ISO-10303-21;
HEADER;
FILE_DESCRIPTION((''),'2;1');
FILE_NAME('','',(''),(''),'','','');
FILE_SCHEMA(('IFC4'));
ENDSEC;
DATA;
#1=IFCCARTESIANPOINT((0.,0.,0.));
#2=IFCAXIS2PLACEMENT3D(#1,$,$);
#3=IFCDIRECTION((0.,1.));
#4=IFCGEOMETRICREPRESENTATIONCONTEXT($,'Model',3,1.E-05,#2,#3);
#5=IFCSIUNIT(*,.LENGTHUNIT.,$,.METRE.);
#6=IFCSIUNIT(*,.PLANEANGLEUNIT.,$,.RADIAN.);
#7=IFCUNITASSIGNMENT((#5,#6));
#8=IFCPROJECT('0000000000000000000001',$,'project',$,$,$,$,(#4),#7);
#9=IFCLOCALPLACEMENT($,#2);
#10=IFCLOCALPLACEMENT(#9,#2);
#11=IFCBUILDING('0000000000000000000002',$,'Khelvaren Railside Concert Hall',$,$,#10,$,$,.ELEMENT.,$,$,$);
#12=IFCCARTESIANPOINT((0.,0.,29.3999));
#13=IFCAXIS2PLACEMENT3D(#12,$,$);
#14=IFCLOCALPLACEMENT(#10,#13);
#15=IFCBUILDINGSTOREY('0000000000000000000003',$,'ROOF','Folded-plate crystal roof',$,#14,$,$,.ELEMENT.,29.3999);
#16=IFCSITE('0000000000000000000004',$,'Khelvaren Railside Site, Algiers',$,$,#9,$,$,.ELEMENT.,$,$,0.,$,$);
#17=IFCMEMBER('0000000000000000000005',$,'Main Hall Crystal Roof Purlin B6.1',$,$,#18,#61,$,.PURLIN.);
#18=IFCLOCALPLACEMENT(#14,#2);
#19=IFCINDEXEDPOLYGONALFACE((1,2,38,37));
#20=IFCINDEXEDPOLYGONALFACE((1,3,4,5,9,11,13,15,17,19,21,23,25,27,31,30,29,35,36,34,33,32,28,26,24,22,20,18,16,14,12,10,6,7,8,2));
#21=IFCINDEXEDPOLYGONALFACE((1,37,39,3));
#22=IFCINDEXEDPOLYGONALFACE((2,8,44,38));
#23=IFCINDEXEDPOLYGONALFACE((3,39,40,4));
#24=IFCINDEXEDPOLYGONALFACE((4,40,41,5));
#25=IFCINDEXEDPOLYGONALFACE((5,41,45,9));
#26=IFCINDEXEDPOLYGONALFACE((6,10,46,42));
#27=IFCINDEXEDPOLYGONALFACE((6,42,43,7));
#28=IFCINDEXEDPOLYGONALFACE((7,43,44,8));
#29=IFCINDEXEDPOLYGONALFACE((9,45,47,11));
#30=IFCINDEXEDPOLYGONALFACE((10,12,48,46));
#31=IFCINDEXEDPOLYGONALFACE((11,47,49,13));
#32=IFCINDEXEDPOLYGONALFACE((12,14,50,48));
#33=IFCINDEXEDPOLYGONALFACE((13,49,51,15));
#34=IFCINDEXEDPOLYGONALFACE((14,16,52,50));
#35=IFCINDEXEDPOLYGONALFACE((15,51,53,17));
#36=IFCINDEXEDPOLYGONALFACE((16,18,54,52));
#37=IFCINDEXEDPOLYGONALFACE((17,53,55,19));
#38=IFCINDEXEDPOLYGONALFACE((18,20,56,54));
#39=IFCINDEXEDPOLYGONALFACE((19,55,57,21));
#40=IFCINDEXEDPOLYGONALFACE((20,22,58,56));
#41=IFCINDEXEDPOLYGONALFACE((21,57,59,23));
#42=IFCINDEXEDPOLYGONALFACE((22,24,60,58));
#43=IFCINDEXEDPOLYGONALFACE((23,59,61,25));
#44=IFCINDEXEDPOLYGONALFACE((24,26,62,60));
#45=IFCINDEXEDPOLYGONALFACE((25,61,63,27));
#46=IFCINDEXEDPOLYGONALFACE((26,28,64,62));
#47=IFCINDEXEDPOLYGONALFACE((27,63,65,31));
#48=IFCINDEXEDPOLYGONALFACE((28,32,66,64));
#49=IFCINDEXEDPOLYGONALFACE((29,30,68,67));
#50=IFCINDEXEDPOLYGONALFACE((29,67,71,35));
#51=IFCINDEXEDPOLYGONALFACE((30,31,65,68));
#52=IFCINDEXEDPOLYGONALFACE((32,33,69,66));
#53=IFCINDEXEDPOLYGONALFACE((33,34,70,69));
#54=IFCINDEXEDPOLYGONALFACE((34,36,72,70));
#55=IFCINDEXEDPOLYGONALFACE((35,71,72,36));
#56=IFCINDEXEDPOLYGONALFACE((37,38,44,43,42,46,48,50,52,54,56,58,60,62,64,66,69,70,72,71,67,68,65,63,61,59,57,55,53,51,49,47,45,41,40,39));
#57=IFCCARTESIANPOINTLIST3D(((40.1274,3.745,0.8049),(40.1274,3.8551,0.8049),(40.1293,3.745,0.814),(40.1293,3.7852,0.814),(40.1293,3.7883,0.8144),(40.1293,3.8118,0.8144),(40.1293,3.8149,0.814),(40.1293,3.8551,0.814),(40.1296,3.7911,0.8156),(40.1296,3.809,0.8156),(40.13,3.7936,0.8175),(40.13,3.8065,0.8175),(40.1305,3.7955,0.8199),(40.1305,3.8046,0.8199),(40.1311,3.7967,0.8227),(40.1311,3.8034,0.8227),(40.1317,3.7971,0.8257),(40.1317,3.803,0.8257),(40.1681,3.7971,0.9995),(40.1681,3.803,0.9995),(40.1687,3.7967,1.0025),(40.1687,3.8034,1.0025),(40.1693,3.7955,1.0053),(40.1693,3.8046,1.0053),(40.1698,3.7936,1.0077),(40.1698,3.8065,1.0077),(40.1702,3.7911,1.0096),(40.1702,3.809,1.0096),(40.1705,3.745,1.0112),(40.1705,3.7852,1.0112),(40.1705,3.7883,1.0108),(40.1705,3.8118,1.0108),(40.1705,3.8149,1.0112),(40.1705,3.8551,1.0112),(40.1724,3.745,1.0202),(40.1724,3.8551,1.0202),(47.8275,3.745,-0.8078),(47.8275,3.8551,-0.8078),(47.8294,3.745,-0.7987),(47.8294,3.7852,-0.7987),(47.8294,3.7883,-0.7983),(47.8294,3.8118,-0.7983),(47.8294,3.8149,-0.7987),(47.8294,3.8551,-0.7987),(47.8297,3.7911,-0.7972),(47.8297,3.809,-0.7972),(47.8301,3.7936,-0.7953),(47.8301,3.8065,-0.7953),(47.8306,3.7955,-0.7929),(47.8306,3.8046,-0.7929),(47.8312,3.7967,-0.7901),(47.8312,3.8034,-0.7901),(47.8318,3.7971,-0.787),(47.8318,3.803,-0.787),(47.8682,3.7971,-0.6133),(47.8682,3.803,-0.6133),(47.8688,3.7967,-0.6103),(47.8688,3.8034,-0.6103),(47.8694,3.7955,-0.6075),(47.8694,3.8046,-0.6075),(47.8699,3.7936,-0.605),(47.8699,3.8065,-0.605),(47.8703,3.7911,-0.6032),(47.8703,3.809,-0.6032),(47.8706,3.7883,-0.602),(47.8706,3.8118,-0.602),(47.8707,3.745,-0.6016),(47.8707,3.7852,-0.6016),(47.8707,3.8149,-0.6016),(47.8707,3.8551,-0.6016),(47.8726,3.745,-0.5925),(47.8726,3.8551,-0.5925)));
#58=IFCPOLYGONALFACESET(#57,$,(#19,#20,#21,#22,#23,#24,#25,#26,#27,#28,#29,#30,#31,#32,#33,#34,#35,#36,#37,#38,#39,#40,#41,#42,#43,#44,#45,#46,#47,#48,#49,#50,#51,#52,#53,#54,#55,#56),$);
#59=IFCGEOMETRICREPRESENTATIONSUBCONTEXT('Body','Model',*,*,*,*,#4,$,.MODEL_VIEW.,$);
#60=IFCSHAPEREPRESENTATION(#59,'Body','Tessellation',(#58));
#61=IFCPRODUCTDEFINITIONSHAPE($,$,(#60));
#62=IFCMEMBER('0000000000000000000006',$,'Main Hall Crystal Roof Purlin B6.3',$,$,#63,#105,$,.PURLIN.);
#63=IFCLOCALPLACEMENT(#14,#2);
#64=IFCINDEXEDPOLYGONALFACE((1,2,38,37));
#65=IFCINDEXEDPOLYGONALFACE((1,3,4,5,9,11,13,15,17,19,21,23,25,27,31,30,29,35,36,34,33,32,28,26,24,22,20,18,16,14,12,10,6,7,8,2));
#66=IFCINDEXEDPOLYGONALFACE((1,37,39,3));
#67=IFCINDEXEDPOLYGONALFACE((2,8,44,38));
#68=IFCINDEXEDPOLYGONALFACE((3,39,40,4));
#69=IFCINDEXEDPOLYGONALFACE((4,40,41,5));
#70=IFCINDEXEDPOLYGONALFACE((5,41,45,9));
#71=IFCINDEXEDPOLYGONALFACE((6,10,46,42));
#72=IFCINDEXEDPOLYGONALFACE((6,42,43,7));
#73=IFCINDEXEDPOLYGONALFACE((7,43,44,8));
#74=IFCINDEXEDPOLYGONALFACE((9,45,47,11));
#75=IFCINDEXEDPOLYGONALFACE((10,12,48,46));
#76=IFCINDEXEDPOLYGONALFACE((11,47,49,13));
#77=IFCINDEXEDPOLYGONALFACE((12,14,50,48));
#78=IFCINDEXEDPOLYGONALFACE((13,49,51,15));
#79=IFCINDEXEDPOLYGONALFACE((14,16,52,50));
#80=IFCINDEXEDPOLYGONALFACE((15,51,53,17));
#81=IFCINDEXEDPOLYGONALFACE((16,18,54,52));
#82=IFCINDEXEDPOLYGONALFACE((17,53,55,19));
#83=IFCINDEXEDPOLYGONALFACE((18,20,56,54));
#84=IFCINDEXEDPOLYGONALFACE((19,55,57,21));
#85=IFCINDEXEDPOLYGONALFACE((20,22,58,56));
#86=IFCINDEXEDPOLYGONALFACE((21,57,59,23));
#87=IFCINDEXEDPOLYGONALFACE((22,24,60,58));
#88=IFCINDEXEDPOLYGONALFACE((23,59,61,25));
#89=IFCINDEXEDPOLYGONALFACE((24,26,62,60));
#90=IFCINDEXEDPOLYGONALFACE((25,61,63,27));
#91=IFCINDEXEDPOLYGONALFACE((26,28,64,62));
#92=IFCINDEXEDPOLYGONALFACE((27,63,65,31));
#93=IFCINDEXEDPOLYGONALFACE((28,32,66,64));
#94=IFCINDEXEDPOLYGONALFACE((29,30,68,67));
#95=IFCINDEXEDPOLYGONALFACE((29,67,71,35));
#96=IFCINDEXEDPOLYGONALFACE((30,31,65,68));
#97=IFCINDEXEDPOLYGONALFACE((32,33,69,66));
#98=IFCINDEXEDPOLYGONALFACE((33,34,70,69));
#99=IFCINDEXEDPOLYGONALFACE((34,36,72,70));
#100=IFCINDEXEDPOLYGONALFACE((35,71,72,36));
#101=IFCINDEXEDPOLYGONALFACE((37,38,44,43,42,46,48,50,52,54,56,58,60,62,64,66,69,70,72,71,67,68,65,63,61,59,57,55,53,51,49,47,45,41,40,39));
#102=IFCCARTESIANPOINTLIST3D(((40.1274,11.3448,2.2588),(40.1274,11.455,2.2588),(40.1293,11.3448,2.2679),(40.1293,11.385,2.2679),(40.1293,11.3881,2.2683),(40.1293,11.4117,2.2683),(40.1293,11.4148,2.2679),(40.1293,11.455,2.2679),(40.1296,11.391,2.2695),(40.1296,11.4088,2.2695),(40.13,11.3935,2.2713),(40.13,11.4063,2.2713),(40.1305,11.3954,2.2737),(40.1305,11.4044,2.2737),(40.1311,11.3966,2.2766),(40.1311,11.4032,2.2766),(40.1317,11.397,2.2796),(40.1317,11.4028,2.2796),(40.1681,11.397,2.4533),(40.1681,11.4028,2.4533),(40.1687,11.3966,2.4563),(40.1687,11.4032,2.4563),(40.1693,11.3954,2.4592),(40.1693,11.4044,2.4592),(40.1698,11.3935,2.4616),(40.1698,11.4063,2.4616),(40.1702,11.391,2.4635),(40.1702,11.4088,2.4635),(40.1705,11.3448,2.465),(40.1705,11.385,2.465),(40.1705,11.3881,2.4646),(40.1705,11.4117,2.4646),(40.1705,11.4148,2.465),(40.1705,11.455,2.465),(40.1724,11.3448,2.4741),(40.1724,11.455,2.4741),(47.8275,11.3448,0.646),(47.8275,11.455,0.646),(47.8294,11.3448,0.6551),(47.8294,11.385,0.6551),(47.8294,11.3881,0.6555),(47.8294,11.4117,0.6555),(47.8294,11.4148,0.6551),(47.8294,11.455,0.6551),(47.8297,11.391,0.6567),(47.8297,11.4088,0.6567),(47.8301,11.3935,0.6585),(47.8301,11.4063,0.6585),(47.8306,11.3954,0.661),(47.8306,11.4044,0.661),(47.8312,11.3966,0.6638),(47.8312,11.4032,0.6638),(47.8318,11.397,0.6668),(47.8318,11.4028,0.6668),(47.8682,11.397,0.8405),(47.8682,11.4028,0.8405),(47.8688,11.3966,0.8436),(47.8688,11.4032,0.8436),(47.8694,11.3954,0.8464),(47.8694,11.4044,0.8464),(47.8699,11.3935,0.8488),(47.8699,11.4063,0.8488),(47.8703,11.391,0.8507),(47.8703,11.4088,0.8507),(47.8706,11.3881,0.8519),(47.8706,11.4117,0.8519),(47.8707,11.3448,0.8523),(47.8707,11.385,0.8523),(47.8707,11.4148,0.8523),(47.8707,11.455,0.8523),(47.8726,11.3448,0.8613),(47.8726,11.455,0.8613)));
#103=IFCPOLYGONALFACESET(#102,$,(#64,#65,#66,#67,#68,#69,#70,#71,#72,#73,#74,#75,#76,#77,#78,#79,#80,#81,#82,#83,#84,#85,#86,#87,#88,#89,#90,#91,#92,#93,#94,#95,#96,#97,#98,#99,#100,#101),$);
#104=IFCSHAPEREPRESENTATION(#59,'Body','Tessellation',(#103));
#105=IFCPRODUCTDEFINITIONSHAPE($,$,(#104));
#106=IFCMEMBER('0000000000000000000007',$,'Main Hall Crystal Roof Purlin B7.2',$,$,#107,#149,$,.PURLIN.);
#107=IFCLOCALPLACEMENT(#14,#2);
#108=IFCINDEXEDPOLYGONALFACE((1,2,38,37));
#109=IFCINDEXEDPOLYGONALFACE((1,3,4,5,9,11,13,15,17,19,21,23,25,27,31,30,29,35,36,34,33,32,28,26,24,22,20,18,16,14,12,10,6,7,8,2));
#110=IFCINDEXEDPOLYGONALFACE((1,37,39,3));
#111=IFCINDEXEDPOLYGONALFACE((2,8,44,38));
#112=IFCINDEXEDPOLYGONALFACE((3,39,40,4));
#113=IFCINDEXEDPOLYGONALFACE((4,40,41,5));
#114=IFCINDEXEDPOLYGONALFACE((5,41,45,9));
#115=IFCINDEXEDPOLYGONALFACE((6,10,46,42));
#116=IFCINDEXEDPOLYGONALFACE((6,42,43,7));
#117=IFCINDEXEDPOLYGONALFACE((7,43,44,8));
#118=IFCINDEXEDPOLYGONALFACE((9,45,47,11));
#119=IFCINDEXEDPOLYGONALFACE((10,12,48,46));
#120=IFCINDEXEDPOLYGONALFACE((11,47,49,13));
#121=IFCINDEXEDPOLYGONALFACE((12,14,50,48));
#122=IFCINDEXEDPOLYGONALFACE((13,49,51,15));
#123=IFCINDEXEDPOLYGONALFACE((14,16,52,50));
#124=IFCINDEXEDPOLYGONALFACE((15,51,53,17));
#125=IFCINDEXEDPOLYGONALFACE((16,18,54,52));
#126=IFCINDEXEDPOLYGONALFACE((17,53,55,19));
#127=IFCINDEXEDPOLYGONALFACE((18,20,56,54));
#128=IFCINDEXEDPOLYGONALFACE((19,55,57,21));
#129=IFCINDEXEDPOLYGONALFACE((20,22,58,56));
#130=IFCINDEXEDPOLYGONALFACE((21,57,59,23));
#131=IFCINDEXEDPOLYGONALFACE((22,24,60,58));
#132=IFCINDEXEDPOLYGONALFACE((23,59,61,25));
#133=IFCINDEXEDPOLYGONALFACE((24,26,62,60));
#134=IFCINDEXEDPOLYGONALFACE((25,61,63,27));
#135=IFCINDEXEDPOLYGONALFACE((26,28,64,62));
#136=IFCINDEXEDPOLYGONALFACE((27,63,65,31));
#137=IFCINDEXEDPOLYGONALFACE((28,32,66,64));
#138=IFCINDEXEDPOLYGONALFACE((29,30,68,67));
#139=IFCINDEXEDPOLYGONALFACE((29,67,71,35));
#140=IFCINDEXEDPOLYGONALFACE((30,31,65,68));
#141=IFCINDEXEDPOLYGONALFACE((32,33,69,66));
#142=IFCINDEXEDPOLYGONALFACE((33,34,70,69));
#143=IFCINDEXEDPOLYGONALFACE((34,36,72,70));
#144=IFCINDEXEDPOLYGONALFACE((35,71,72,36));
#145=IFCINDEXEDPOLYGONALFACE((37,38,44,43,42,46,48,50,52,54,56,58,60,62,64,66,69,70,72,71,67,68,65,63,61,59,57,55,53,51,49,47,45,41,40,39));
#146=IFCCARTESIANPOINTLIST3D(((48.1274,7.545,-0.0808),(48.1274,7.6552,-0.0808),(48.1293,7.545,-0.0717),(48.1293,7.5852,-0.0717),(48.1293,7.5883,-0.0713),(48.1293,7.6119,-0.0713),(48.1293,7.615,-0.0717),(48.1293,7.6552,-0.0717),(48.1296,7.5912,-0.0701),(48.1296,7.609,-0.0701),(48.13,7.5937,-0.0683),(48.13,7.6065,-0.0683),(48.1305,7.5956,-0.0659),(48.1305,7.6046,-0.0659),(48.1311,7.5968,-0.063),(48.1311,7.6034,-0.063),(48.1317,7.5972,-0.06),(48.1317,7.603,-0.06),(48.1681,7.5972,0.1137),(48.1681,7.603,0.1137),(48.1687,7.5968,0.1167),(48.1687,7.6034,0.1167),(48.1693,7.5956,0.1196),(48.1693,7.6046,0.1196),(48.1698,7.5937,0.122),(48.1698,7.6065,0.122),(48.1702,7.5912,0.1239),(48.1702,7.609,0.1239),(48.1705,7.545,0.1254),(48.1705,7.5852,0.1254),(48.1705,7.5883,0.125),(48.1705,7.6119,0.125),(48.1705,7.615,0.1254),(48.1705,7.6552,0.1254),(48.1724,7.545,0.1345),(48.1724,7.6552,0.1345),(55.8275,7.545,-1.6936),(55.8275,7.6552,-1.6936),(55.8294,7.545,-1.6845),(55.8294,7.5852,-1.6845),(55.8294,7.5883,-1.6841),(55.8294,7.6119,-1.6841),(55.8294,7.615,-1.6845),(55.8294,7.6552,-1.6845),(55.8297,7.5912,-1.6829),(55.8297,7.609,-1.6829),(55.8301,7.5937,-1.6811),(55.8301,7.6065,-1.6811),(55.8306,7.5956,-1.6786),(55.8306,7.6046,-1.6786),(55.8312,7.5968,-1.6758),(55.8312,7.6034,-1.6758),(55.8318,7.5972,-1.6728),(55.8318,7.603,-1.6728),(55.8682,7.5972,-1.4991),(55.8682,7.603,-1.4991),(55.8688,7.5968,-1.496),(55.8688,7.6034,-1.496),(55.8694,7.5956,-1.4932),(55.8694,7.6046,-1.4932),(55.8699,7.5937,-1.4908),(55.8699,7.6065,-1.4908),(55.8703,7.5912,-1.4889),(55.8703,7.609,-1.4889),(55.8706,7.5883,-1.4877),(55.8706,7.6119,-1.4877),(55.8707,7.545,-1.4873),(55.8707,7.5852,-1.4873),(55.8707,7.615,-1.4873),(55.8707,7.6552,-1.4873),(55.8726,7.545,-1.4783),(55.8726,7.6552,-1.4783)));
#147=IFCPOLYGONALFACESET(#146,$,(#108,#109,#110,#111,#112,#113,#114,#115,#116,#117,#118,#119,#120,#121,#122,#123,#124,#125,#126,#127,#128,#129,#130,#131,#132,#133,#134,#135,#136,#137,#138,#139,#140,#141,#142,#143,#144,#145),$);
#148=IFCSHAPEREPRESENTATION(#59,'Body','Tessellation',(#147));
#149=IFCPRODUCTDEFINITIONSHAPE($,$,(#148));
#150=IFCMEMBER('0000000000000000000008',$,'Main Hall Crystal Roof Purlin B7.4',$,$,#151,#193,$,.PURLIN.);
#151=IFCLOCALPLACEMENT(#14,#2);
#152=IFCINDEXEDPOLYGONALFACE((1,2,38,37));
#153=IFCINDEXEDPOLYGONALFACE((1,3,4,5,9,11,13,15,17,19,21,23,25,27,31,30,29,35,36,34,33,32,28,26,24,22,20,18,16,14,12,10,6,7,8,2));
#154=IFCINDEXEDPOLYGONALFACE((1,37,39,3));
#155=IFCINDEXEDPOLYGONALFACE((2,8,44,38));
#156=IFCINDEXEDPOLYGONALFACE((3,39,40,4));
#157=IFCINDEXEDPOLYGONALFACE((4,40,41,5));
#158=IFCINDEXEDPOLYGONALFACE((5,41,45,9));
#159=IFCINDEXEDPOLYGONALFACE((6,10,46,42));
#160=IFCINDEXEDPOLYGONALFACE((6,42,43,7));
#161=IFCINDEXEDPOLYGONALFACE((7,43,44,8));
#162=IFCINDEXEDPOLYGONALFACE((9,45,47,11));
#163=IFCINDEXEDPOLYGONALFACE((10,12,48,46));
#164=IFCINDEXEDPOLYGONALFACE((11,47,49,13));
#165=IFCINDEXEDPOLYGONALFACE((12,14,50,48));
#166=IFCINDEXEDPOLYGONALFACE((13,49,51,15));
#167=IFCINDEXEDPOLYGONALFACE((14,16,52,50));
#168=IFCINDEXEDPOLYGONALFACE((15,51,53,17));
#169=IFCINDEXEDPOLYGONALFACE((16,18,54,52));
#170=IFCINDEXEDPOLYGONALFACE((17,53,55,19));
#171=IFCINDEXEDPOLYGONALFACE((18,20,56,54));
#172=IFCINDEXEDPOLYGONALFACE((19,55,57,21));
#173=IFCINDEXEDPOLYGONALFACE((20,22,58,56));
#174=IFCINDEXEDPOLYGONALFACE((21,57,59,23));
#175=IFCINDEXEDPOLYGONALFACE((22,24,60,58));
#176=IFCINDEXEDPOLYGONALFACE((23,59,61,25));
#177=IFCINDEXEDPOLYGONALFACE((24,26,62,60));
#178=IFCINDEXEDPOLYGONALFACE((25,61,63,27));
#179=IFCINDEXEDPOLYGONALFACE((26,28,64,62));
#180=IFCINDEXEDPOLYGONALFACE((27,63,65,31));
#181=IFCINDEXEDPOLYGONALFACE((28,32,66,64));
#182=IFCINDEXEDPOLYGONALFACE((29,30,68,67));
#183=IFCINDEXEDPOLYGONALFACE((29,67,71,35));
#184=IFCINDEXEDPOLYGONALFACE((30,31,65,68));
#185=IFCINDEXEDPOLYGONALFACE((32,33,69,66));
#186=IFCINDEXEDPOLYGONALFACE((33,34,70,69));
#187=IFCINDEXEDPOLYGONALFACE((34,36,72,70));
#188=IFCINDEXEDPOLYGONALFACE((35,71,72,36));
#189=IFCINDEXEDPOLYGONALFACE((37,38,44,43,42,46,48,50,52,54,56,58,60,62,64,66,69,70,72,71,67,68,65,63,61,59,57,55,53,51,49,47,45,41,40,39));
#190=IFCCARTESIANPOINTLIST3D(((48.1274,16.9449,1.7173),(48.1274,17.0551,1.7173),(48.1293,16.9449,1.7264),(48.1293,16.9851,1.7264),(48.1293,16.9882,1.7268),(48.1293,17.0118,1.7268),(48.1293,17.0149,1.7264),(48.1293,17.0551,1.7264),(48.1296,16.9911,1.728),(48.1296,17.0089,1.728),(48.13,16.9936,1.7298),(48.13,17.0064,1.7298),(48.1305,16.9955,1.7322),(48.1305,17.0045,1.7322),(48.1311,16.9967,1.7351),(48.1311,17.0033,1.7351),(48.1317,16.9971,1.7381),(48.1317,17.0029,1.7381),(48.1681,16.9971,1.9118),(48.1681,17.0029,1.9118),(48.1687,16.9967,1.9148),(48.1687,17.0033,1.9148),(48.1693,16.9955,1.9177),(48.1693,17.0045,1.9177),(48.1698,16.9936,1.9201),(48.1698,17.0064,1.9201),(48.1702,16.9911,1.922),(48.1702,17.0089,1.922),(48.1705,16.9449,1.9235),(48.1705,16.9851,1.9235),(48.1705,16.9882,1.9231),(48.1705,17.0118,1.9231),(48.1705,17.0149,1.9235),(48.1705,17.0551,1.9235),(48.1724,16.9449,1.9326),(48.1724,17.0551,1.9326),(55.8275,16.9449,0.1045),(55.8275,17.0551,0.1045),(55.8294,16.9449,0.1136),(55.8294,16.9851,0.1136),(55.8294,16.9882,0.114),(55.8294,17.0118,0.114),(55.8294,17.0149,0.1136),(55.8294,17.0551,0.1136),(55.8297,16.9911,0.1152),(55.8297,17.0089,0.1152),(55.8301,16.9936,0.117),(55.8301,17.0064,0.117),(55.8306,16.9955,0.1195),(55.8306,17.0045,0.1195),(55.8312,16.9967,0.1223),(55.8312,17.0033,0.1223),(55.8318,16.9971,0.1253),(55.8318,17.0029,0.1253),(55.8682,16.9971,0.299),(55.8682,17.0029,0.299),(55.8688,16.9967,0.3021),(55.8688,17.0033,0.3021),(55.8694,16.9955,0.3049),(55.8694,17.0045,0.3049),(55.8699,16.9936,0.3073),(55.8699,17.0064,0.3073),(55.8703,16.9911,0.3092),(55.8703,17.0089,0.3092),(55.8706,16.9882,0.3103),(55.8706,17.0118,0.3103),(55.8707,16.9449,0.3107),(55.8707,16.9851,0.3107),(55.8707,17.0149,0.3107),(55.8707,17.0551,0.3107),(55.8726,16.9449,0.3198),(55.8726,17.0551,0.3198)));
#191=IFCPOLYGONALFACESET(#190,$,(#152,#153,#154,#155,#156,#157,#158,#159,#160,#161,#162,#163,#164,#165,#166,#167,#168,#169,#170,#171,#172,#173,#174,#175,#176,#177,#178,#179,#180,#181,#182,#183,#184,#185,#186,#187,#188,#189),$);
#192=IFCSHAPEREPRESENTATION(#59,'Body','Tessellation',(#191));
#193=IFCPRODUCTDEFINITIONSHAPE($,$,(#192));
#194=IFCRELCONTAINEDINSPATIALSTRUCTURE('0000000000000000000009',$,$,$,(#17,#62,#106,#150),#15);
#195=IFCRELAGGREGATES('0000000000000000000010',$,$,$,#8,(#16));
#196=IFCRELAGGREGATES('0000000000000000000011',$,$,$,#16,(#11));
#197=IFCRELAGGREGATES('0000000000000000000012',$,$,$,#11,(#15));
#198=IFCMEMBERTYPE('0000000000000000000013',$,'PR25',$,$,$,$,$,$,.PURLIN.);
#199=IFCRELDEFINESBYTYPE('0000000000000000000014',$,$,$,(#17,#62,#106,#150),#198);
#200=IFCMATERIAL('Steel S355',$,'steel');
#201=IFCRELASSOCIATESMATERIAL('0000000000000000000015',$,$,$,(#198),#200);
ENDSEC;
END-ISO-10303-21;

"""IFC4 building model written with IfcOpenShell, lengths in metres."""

from ifc_helpers import new_model, si_unit, direction, frame, origin, origin_2d, place, context, subcontext, project, spatial, i_section, extrude, material, material_profile, profile_set, type_object, element, save


model = new_model("IFC4")

# Units and contexts
model_context = context("Model", 3, precision=1e-05, world=origin(), true_north=direction((0.0, 1.0)))
body_context = subcontext(model_context, "Body", "Model", "MODEL_VIEW")
ifc_project = project(units=[si_unit("LENGTHUNIT", "METRE"), si_unit("PLANEANGLEUNIT", "RADIAN")], contexts=[model_context])

# Site, building, storey
site_placement = place(None, origin())
site = spatial("IfcSite", under=ifc_project, at=site_placement, Name="Khelvaren Railside Site, Algiers", CompositionType="ELEMENT", RefElevation=0.0)
building_placement = place(site_placement, origin())
building = spatial("IfcBuilding", under=site, at=building_placement, Name="Khelvaren Railside Concert Hall", CompositionType="ELEMENT")
storey_placement = place(building_placement, frame((0.0, 0.0, 29.3999)))
storey = spatial("IfcBuildingStorey", under=building, at=storey_placement, Name="ROOF", Description="Folded-plate crystal roof", CompositionType="ELEMENT", Elevation=29.3999)

# Shared definitions
ifc_material_1 = material(Name="Steel S355", Category="steel")

# Members
ifc_material_profile_1 = material_profile(ifc_material_1, i_section(OverallWidth=0.1101, OverallDepth=0.22, WebThickness=0.0059, FlangeThickness=0.0093, FilletRadius=0.012, at=origin_2d()), Name="IPE 220")
ifc_profile_set_1 = profile_set([ifc_material_profile_1], Name="Steel S355")
member_type_1 = type_object("IfcMemberType", Name="PR25", PredefinedType="PURLIN", material=ifc_profile_set_1)
for number, where, z_axis, x_axis, name in (
    (1, (40.1499, 3.8, 0.9126), (0.978762, 0.0, -0.205), (0.0, 1.0, 0.0), "Main Hall Crystal Roof Purlin B6.1"),
    (2, (40.1499, 11.3999, 2.3665), (0.978762, 0.0, -0.205), (0.0, 1.0, 0.0), "Main Hall Crystal Roof Purlin B6.3"),
    (3, (48.1499, 7.6001, 0.0269), (0.978762, 0.0, -0.205), (0.0, 1.0, 0.0), "Main Hall Crystal Roof Purlin B7.2"),
    (4, (48.1499, 17.0, 1.825), (0.978762, 0.0, -0.205), (0.0, 1.0, 0.0), "Main Hall Crystal Roof Purlin B7.4"),
):
    element("IfcMember", number, at=place(storey_placement, frame(where, z_axis=z_axis, x_axis=x_axis)), inside=storey, type_object=member_type_1, Name=name, PredefinedType="PURLIN", context=body_context, shape_type="SweptSolid", body=[
        extrude(i_section(OverallWidth=0.1101, OverallDepth=0.22, WebThickness=0.0059, FlangeThickness=0.0093, FilletRadius=0.012, at=origin_2d()), origin(), (0.0, 0.0, 1.0), 7.8672),
    ])

save(model, "model.ifc")
